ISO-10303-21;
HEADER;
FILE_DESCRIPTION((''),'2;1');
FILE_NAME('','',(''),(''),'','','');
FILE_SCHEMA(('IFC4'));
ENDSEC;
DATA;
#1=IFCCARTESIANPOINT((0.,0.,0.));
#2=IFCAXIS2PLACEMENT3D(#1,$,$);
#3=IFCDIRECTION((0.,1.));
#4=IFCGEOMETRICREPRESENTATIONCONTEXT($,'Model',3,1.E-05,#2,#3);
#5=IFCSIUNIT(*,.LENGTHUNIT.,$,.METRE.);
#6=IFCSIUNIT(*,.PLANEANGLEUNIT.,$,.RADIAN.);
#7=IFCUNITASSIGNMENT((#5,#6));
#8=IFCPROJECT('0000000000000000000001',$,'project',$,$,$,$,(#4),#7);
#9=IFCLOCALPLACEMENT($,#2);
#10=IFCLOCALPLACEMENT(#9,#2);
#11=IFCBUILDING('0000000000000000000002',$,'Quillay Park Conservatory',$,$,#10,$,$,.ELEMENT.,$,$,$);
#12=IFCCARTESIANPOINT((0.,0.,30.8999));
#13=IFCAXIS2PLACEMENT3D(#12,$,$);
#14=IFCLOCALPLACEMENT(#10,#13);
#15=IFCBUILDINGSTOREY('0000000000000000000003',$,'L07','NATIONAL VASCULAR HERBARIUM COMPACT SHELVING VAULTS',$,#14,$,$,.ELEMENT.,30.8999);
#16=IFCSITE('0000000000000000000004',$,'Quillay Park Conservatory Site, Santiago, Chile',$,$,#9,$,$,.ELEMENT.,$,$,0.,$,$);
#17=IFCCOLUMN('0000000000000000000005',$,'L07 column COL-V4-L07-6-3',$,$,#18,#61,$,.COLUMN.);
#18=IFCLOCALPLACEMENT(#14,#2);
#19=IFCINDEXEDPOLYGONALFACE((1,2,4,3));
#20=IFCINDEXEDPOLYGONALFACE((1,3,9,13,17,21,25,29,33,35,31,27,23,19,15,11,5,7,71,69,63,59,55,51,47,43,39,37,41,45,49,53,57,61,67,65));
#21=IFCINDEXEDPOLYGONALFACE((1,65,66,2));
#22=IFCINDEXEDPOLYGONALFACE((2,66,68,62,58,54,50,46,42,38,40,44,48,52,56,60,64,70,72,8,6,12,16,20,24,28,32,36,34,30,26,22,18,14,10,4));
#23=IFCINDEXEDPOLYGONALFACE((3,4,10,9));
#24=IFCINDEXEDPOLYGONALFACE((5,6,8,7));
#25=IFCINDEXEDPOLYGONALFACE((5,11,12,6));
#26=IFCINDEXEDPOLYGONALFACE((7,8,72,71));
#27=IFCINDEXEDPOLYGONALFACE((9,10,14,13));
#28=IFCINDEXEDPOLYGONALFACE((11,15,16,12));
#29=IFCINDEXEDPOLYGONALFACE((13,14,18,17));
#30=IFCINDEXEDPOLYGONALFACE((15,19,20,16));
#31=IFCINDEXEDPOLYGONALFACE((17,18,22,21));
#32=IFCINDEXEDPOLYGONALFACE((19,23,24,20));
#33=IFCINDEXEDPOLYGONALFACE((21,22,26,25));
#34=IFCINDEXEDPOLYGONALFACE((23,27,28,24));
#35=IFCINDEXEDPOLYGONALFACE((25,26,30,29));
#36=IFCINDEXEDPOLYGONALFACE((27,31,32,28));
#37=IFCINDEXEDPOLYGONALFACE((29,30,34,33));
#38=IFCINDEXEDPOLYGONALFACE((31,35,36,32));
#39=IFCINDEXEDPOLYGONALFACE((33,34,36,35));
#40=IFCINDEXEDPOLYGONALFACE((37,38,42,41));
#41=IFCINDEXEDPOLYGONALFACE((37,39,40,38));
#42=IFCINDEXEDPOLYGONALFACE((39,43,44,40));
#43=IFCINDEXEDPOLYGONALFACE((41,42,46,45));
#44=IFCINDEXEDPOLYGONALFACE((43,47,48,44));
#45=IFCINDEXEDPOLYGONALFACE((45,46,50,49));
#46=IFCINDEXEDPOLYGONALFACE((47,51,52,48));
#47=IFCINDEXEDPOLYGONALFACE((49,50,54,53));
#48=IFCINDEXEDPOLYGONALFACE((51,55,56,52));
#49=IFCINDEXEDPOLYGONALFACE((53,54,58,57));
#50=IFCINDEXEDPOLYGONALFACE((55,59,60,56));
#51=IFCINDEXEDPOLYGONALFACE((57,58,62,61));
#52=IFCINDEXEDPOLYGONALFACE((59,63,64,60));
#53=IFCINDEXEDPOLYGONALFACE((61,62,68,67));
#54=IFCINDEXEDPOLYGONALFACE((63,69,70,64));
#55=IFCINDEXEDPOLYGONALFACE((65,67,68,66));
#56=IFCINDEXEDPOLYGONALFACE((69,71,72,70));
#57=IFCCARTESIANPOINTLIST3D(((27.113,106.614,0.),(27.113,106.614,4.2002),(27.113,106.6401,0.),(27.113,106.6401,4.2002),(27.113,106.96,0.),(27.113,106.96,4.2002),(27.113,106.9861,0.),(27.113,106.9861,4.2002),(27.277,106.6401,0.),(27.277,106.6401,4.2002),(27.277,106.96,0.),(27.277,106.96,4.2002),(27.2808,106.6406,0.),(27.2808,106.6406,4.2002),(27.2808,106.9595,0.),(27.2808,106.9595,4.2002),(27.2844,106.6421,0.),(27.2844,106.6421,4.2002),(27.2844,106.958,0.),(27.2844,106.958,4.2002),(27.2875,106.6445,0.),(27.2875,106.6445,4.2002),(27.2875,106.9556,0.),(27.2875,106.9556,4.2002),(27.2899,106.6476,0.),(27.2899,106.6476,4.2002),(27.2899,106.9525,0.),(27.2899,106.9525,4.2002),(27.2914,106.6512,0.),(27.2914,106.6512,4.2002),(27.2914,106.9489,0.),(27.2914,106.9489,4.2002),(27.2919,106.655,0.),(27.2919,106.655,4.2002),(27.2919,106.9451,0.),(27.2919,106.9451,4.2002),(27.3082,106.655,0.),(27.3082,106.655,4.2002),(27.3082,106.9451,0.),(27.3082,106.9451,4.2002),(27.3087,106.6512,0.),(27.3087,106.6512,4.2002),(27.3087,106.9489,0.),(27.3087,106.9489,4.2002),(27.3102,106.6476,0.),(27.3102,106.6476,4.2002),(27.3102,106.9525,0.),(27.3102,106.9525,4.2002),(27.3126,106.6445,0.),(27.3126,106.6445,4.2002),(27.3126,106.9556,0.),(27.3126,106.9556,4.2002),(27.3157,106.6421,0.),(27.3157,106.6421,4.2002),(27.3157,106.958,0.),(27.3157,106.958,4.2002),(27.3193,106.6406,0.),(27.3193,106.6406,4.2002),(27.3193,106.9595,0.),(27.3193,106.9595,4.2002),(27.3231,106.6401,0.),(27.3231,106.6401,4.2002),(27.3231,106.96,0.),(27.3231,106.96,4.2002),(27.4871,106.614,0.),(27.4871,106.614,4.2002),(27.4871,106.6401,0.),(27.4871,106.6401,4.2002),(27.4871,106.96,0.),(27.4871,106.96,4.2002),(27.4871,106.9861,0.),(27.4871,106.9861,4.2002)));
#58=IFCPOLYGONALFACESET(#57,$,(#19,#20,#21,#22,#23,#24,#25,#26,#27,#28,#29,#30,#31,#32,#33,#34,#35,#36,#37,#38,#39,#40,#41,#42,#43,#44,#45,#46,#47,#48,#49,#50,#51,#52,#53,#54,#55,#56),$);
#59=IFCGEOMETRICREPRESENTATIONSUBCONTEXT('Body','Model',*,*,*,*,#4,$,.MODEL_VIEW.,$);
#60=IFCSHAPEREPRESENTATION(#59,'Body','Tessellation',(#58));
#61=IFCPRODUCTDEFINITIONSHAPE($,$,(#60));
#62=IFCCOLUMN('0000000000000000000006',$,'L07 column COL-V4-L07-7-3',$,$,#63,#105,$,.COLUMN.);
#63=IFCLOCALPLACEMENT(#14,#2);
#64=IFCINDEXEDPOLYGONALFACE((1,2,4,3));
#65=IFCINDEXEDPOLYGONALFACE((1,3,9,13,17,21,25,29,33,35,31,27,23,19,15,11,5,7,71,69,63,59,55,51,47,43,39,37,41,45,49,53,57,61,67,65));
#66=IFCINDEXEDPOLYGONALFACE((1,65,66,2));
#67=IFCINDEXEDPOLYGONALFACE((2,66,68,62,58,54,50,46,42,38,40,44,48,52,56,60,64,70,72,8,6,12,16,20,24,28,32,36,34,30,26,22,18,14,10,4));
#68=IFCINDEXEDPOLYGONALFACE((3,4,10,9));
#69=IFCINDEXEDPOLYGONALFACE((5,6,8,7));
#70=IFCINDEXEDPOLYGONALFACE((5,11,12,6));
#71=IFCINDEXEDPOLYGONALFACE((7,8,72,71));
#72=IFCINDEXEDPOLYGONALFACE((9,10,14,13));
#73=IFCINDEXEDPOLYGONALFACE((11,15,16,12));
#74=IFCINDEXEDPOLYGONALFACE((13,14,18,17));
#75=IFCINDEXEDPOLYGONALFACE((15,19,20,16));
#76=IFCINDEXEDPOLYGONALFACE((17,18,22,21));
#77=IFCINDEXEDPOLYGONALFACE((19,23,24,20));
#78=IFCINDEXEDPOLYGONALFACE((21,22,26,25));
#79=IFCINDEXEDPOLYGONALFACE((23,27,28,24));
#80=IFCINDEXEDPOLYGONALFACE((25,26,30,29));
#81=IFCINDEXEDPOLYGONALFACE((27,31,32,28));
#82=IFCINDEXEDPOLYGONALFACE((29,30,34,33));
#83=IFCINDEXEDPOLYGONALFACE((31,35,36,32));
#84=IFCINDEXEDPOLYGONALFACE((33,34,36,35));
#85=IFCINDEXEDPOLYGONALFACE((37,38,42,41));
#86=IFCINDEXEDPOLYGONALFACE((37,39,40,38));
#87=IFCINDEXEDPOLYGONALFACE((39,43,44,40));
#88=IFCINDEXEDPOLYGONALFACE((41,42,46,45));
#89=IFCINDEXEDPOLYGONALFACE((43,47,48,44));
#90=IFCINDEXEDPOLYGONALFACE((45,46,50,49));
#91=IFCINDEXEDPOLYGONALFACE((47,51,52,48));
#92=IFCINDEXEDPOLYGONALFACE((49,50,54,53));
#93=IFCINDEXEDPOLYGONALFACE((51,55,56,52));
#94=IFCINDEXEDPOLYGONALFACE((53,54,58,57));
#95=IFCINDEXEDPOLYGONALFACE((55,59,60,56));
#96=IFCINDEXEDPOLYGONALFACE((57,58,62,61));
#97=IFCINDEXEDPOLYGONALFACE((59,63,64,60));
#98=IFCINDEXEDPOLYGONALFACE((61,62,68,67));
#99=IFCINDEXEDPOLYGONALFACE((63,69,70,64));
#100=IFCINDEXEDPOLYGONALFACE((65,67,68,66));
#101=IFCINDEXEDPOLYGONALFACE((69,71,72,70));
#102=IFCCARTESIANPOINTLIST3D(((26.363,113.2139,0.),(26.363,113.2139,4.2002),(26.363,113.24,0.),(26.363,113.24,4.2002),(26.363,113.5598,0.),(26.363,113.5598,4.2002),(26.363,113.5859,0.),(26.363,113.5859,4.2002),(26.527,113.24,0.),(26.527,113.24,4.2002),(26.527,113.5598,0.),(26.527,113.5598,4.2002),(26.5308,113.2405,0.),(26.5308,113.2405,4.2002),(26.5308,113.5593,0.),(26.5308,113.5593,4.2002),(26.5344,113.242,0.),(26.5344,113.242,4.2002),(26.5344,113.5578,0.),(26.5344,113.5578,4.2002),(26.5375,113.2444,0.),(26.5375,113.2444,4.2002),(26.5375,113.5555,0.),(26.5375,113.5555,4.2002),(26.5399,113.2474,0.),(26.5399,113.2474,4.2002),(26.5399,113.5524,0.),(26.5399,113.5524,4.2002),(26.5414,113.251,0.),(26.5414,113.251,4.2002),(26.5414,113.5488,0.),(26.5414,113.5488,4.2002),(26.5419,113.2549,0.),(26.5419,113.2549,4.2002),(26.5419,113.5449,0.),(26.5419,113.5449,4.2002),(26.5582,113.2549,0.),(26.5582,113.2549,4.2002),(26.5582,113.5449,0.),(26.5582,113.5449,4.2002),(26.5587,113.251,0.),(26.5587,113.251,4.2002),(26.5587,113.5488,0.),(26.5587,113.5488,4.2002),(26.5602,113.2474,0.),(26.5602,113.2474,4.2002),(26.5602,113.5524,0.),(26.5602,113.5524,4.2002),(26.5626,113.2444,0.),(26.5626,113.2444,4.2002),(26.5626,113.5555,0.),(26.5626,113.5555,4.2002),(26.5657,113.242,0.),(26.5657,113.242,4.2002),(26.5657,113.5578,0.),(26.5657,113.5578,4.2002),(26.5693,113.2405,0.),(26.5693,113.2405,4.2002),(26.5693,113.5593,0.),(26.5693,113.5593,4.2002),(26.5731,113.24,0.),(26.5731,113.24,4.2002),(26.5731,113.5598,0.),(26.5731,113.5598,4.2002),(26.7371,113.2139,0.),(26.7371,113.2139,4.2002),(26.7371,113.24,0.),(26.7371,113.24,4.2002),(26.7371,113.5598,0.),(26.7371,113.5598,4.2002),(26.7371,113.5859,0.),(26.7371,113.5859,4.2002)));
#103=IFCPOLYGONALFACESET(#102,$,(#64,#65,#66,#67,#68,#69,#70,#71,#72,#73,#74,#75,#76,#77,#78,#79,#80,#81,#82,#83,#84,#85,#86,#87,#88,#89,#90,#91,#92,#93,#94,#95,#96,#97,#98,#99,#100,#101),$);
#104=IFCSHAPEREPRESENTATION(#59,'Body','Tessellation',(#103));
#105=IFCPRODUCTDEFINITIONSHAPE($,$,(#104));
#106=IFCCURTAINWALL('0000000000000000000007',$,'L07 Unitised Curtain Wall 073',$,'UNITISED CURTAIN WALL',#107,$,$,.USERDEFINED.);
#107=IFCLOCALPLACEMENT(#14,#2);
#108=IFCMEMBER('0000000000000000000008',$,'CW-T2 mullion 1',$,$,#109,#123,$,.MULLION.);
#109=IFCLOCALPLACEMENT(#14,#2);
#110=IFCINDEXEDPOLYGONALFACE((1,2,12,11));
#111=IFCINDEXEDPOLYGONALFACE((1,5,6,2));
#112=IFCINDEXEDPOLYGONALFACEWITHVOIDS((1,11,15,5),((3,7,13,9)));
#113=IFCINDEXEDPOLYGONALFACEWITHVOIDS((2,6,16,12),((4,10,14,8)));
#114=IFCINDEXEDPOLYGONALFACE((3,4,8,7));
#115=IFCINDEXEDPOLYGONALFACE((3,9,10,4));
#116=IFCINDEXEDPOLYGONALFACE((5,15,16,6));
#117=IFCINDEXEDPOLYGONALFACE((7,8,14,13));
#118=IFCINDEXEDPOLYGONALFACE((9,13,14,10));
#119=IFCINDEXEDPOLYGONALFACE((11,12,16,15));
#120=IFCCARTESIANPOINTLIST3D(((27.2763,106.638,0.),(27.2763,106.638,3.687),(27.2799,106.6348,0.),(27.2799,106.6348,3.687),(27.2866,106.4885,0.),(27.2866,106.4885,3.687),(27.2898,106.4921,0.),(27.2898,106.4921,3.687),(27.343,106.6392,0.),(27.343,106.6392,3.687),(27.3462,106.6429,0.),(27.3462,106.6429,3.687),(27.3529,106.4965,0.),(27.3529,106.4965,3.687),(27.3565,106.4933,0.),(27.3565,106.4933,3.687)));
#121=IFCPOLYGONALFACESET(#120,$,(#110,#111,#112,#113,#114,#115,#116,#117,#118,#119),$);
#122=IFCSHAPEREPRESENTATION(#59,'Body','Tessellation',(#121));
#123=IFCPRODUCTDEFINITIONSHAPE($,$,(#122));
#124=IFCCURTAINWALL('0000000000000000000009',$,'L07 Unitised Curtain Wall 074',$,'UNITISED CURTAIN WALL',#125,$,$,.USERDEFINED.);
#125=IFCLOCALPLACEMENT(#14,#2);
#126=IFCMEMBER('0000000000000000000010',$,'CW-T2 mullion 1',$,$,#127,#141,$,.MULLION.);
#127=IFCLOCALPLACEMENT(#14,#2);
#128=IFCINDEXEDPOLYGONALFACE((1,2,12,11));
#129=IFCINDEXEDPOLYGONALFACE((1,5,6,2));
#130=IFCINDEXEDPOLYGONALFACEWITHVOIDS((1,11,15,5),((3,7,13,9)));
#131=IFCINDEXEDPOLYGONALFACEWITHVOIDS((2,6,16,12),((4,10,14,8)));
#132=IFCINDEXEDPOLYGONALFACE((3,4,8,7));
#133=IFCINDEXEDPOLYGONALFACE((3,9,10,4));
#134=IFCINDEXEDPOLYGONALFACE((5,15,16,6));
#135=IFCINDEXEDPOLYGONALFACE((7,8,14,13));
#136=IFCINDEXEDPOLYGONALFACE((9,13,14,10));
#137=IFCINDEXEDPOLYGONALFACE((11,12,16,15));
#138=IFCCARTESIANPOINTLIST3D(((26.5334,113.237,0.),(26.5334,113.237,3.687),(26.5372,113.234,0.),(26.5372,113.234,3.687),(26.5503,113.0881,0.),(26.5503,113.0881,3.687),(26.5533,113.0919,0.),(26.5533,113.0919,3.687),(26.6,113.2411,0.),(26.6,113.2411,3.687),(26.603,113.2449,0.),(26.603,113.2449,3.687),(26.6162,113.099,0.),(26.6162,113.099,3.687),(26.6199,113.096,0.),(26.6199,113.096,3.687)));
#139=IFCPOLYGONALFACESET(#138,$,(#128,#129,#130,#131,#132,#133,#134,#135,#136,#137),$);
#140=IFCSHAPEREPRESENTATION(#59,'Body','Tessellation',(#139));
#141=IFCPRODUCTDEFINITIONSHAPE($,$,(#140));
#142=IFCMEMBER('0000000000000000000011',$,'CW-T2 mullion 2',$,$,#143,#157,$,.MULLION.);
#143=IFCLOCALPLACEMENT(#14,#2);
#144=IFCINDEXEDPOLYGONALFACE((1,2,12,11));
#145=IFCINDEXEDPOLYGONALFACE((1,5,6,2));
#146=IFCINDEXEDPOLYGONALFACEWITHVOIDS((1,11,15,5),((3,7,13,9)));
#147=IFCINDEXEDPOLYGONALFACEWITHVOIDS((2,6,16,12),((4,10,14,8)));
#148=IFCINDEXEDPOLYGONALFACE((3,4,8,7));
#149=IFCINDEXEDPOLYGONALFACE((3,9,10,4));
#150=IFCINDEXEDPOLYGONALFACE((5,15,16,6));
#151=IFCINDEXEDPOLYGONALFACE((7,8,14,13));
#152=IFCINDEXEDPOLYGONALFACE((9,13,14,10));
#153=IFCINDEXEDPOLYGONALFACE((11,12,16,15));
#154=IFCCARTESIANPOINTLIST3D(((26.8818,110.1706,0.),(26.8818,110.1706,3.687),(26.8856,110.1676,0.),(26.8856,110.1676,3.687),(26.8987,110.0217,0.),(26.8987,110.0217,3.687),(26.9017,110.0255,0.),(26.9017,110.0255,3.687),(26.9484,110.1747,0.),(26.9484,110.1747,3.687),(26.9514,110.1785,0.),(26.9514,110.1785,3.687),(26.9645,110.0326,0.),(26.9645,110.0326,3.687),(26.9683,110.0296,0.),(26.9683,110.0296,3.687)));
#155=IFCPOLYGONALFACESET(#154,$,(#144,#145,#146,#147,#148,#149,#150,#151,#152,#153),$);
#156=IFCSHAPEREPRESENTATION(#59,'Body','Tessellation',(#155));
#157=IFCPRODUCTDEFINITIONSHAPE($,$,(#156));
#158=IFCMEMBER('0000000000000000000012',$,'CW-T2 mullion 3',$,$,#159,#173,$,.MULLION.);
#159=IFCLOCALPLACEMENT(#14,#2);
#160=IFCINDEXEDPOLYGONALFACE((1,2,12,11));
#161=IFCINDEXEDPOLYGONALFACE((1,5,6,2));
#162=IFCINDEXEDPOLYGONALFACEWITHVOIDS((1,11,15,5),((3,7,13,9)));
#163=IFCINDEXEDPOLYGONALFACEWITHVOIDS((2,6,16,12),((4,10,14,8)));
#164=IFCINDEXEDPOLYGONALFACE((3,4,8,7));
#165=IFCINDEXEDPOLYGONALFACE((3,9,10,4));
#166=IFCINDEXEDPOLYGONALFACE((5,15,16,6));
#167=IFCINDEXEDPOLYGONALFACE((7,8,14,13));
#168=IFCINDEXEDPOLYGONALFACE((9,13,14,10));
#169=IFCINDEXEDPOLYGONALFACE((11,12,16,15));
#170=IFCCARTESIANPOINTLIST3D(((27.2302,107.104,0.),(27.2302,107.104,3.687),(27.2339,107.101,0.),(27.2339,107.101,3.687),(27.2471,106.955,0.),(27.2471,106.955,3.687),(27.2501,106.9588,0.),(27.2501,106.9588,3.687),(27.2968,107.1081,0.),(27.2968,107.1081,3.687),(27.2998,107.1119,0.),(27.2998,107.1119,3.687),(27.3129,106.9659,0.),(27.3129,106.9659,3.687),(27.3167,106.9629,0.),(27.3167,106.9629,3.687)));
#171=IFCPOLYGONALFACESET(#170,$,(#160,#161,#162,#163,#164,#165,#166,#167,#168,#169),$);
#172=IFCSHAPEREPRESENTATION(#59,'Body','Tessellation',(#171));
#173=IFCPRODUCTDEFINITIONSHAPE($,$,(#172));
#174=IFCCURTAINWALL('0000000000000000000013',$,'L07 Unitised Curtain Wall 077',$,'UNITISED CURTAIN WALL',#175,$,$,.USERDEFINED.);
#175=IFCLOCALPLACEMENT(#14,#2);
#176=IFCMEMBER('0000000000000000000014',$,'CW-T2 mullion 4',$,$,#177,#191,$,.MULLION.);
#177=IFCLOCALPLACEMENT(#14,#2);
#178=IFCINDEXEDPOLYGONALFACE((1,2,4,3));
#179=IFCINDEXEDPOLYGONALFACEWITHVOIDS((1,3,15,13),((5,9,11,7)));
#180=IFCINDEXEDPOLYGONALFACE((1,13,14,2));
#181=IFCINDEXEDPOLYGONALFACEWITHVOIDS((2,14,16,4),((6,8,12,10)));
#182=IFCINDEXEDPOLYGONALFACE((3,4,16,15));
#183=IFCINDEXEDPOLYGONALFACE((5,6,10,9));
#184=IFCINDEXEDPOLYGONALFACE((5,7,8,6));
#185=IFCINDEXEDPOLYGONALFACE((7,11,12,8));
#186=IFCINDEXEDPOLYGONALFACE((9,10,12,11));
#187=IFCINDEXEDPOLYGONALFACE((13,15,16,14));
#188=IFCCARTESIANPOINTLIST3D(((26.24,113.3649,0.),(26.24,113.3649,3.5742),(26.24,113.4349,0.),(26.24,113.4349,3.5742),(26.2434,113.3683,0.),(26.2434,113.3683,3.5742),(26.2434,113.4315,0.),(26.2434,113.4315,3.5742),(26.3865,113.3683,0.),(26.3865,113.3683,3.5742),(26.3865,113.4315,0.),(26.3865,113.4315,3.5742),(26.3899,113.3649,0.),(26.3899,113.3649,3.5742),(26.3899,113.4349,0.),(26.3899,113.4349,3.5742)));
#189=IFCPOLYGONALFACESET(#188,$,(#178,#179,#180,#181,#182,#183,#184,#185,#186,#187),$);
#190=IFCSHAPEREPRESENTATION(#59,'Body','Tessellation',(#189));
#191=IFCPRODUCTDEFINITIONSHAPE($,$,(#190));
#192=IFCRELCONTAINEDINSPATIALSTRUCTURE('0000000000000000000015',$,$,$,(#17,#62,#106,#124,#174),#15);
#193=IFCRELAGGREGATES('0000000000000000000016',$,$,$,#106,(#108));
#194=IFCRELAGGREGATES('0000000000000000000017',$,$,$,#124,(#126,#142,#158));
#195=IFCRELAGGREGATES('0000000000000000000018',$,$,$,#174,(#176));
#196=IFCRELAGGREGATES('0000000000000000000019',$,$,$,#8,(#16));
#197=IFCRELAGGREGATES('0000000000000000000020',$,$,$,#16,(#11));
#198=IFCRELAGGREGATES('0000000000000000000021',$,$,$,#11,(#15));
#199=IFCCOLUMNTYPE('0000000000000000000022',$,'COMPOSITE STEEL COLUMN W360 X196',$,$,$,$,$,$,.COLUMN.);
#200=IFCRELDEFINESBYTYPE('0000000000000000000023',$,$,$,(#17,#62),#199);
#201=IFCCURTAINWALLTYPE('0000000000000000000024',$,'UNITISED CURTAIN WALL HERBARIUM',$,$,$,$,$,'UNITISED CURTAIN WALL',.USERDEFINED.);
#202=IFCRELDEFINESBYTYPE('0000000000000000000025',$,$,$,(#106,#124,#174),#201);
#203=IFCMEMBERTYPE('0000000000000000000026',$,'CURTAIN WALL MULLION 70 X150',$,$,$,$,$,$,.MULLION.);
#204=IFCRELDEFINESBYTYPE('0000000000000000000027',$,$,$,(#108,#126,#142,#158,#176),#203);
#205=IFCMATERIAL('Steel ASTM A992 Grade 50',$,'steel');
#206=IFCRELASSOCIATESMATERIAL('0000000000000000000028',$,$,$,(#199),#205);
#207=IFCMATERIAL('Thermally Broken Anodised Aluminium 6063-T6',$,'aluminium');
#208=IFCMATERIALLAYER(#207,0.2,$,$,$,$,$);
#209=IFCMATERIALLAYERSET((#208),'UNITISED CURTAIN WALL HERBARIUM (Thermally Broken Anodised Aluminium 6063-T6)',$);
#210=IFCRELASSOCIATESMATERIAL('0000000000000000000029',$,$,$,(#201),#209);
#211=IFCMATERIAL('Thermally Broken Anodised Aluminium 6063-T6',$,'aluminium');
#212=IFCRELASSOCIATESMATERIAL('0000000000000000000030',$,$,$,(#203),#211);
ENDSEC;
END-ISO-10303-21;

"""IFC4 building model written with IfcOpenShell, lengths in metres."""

from ifc_helpers import new_model, si_unit, direction, frame, origin, origin_2d, place, context, subcontext, project, spatial, hollow_rectangle, i_section, extrude, material, layer, layer_set, material_profile, profile_set, type_object, element, aggregate, save


model = new_model("IFC4")

# Units and contexts
model_context = context("Model", 3, precision=1e-05, world=origin(), true_north=direction((0.0, 1.0)))
body_context = subcontext(model_context, "Body", "Model", "MODEL_VIEW")
ifc_project = project(units=[si_unit("LENGTHUNIT", "METRE"), si_unit("PLANEANGLEUNIT", "RADIAN")], contexts=[model_context])

# Site, building, storey
site_placement = place(None, origin())
site = spatial("IfcSite", under=ifc_project, at=site_placement, Name="Quillay Park Conservatory Site, Santiago, Chile", CompositionType="ELEMENT", RefElevation=0.0)
building_placement = place(site_placement, origin())
building = spatial("IfcBuilding", under=site, at=building_placement, Name="Quillay Park Conservatory", CompositionType="ELEMENT")
storey_placement = place(building_placement, frame((0.0, 0.0, 30.8999)))
storey = spatial("IfcBuildingStorey", under=building, at=storey_placement, Name="L07", Description="NATIONAL VASCULAR HERBARIUM COMPACT SHELVING VAULTS", CompositionType="ELEMENT", Elevation=30.8999)

# Columns
ifc_material_1 = material(Name="Steel ASTM A992 Grade 50", Category="steel")
ifc_material_profile_1 = material_profile(ifc_material_1, i_section(OverallWidth=0.374, OverallDepth=0.3721, WebThickness=0.0164, FlangeThickness=0.0261, FilletRadius=0.0149, at=origin_2d()), Name="W360x196")
ifc_profile_set_1 = profile_set([ifc_material_profile_1], Name="Steel ASTM A992 Grade 50")
column_type = type_object("IfcColumnType", Name="COMPOSITE STEEL COLUMN W360 X196", PredefinedType="COLUMN", material=ifc_profile_set_1)
for number, where, z_axis, x_axis, name in (
    (1, (27.3, 106.8, 0.0), (0.0, 0.0, 1.0), (1.0, 0.0, 0.0), "L07 column COL-V4-L07-6-3"),
    (2, (26.55, 113.3999, 0.0), (0.0, 0.0, 1.0), (1.0, 0.0, 0.0), "L07 column COL-V4-L07-7-3"),
):
    element("IfcColumn", number, at=place(storey_placement, frame(where, z_axis=z_axis, x_axis=x_axis)), inside=storey, type_object=column_type, Name=name, PredefinedType="COLUMN", context=body_context, shape_type="SweptSolid", body=[
        extrude(i_section(OverallWidth=0.374, OverallDepth=0.3721, WebThickness=0.0164, FlangeThickness=0.0261, FilletRadius=0.0149, at=origin_2d()), origin(), (0.0, 0.0, 1.0), 4.2002),
    ])

# Curtain wall, member
ifc_material_2 = material(Name="Thermally Broken Anodised Aluminium 6063-T6", Category="aluminium")
ifc_layer_1 = layer(ifc_material_2, 0.2)
ifc_layer_set_1 = layer_set([ifc_layer_1], Name="UNITISED CURTAIN WALL HERBARIUM (Thermally Broken Anodised Aluminium 6063-T6)")
curtain_wall_type = type_object("IfcCurtainWallType", Name="UNITISED CURTAIN WALL HERBARIUM", ElementType="UNITISED CURTAIN WALL", PredefinedType="USERDEFINED", material=ifc_layer_set_1)
curtain_wall_1_placement = place(storey_placement, origin())
curtain_wall_1 = element("IfcCurtainWall", 3, at=curtain_wall_1_placement, inside=storey, type_object=curtain_wall_type, Name="L07 Unitised Curtain Wall 073", ObjectType="UNITISED CURTAIN WALL", PredefinedType="USERDEFINED")
ifc_material_3 = material(Name="Thermally Broken Anodised Aluminium 6063-T6", Category="aluminium")
ifc_material_profile_2 = material_profile(ifc_material_3, hollow_rectangle(XDim=0.0701, YDim=0.1499, WallThickness=0.0034, at=origin_2d()), Name="AL70x150x3.5")
ifc_profile_set_2 = profile_set([ifc_material_profile_2], Name="Thermally Broken Anodised Aluminium 6063-T6")
member_type_1 = type_object("IfcMemberType", Name="CURTAIN WALL MULLION 70 X150", PredefinedType="MULLION", material=ifc_profile_set_2)
member_1_placement = place(storey_placement, frame((27.3164, 106.5657, 0.0), z_axis=(0.0, 0.0, 1.0), x_axis=(0.997598, 0.069264, 0.0)))
member_1 = element("IfcMember", 4, at=member_1_placement, type_object=member_type_1, Name="CW-T2 mullion 1", PredefinedType="MULLION", context=body_context, shape_type="SweptSolid", body=[
    extrude(hollow_rectangle(XDim=0.0701, YDim=0.1499, WallThickness=0.0034, at=origin_2d()), origin(), (0.0, 0.0, 1.0), 3.687),
])

# Curtain wall, members
curtain_wall_2_placement = place(storey_placement, origin())
curtain_wall_2 = element("IfcCurtainWall", 5, at=curtain_wall_2_placement, inside=storey, type_object=curtain_wall_type, Name="L07 Unitised Curtain Wall 074", ObjectType="UNITISED CURTAIN WALL", PredefinedType="USERDEFINED")
member_2_placement = place(storey_placement, frame((26.5767, 113.1665, 0.0), z_axis=(0.0, 0.0, 1.0), x_axis=(0.993606, 0.112903, 0.0)))
member_2 = element("IfcMember", 6, at=member_2_placement, type_object=member_type_1, Name="CW-T2 mullion 1", PredefinedType="MULLION", context=body_context, shape_type="SweptSolid", body=[
    extrude(hollow_rectangle(XDim=0.0701, YDim=0.1499, WallThickness=0.0034, at=origin_2d()), origin(), (0.0, 0.0, 1.0), 3.687),
])
member_3_placement = place(storey_placement, frame((26.925, 110.1001, 0.0), z_axis=(0.0, 0.0, 1.0), x_axis=(0.993606, 0.112903, 0.0)))
member_3 = element("IfcMember", 7, at=member_3_placement, type_object=member_type_1, Name="CW-T2 mullion 2", PredefinedType="MULLION", context=body_context, shape_type="SweptSolid", body=[
    extrude(hollow_rectangle(XDim=0.0701, YDim=0.1499, WallThickness=0.0034, at=origin_2d()), origin(), (0.0, 0.0, 1.0), 3.687),
])
member_4_placement = place(storey_placement, frame((27.2734, 107.0334, 0.0), z_axis=(0.0, 0.0, 1.0), x_axis=(0.993606, 0.112903, 0.0)))
member_4 = element("IfcMember", 8, at=member_4_placement, type_object=member_type_1, Name="CW-T2 mullion 3", PredefinedType="MULLION", context=body_context, shape_type="SweptSolid", body=[
    extrude(hollow_rectangle(XDim=0.0701, YDim=0.1499, WallThickness=0.0034, at=origin_2d()), origin(), (0.0, 0.0, 1.0), 3.687),
])

# Curtain wall, member
curtain_wall_3_placement = place(storey_placement, origin())
curtain_wall_3 = element("IfcCurtainWall", 9, at=curtain_wall_3_placement, inside=storey, type_object=curtain_wall_type, Name="L07 Unitised Curtain Wall 077", ObjectType="UNITISED CURTAIN WALL", PredefinedType="USERDEFINED")
member_5_placement = place(storey_placement, frame((26.3149, 113.3999, 0.0), z_axis=(0.0, 0.0, 1.0), x_axis=(0.0, 1.0, 0.0)))
member_5 = element("IfcMember", 10, at=member_5_placement, type_object=member_type_1, Name="CW-T2 mullion 4", PredefinedType="MULLION", context=body_context, shape_type="SweptSolid", body=[
    extrude(hollow_rectangle(XDim=0.0701, YDim=0.1499, WallThickness=0.0034, at=origin_2d()), origin(), (0.0, 0.0, 1.0), 3.5742),
])

aggregate(curtain_wall_1, [member_1])
aggregate(curtain_wall_2, [member_2, member_3, member_4])
aggregate(curtain_wall_3, [member_5])

save(model, "model.ifc")
